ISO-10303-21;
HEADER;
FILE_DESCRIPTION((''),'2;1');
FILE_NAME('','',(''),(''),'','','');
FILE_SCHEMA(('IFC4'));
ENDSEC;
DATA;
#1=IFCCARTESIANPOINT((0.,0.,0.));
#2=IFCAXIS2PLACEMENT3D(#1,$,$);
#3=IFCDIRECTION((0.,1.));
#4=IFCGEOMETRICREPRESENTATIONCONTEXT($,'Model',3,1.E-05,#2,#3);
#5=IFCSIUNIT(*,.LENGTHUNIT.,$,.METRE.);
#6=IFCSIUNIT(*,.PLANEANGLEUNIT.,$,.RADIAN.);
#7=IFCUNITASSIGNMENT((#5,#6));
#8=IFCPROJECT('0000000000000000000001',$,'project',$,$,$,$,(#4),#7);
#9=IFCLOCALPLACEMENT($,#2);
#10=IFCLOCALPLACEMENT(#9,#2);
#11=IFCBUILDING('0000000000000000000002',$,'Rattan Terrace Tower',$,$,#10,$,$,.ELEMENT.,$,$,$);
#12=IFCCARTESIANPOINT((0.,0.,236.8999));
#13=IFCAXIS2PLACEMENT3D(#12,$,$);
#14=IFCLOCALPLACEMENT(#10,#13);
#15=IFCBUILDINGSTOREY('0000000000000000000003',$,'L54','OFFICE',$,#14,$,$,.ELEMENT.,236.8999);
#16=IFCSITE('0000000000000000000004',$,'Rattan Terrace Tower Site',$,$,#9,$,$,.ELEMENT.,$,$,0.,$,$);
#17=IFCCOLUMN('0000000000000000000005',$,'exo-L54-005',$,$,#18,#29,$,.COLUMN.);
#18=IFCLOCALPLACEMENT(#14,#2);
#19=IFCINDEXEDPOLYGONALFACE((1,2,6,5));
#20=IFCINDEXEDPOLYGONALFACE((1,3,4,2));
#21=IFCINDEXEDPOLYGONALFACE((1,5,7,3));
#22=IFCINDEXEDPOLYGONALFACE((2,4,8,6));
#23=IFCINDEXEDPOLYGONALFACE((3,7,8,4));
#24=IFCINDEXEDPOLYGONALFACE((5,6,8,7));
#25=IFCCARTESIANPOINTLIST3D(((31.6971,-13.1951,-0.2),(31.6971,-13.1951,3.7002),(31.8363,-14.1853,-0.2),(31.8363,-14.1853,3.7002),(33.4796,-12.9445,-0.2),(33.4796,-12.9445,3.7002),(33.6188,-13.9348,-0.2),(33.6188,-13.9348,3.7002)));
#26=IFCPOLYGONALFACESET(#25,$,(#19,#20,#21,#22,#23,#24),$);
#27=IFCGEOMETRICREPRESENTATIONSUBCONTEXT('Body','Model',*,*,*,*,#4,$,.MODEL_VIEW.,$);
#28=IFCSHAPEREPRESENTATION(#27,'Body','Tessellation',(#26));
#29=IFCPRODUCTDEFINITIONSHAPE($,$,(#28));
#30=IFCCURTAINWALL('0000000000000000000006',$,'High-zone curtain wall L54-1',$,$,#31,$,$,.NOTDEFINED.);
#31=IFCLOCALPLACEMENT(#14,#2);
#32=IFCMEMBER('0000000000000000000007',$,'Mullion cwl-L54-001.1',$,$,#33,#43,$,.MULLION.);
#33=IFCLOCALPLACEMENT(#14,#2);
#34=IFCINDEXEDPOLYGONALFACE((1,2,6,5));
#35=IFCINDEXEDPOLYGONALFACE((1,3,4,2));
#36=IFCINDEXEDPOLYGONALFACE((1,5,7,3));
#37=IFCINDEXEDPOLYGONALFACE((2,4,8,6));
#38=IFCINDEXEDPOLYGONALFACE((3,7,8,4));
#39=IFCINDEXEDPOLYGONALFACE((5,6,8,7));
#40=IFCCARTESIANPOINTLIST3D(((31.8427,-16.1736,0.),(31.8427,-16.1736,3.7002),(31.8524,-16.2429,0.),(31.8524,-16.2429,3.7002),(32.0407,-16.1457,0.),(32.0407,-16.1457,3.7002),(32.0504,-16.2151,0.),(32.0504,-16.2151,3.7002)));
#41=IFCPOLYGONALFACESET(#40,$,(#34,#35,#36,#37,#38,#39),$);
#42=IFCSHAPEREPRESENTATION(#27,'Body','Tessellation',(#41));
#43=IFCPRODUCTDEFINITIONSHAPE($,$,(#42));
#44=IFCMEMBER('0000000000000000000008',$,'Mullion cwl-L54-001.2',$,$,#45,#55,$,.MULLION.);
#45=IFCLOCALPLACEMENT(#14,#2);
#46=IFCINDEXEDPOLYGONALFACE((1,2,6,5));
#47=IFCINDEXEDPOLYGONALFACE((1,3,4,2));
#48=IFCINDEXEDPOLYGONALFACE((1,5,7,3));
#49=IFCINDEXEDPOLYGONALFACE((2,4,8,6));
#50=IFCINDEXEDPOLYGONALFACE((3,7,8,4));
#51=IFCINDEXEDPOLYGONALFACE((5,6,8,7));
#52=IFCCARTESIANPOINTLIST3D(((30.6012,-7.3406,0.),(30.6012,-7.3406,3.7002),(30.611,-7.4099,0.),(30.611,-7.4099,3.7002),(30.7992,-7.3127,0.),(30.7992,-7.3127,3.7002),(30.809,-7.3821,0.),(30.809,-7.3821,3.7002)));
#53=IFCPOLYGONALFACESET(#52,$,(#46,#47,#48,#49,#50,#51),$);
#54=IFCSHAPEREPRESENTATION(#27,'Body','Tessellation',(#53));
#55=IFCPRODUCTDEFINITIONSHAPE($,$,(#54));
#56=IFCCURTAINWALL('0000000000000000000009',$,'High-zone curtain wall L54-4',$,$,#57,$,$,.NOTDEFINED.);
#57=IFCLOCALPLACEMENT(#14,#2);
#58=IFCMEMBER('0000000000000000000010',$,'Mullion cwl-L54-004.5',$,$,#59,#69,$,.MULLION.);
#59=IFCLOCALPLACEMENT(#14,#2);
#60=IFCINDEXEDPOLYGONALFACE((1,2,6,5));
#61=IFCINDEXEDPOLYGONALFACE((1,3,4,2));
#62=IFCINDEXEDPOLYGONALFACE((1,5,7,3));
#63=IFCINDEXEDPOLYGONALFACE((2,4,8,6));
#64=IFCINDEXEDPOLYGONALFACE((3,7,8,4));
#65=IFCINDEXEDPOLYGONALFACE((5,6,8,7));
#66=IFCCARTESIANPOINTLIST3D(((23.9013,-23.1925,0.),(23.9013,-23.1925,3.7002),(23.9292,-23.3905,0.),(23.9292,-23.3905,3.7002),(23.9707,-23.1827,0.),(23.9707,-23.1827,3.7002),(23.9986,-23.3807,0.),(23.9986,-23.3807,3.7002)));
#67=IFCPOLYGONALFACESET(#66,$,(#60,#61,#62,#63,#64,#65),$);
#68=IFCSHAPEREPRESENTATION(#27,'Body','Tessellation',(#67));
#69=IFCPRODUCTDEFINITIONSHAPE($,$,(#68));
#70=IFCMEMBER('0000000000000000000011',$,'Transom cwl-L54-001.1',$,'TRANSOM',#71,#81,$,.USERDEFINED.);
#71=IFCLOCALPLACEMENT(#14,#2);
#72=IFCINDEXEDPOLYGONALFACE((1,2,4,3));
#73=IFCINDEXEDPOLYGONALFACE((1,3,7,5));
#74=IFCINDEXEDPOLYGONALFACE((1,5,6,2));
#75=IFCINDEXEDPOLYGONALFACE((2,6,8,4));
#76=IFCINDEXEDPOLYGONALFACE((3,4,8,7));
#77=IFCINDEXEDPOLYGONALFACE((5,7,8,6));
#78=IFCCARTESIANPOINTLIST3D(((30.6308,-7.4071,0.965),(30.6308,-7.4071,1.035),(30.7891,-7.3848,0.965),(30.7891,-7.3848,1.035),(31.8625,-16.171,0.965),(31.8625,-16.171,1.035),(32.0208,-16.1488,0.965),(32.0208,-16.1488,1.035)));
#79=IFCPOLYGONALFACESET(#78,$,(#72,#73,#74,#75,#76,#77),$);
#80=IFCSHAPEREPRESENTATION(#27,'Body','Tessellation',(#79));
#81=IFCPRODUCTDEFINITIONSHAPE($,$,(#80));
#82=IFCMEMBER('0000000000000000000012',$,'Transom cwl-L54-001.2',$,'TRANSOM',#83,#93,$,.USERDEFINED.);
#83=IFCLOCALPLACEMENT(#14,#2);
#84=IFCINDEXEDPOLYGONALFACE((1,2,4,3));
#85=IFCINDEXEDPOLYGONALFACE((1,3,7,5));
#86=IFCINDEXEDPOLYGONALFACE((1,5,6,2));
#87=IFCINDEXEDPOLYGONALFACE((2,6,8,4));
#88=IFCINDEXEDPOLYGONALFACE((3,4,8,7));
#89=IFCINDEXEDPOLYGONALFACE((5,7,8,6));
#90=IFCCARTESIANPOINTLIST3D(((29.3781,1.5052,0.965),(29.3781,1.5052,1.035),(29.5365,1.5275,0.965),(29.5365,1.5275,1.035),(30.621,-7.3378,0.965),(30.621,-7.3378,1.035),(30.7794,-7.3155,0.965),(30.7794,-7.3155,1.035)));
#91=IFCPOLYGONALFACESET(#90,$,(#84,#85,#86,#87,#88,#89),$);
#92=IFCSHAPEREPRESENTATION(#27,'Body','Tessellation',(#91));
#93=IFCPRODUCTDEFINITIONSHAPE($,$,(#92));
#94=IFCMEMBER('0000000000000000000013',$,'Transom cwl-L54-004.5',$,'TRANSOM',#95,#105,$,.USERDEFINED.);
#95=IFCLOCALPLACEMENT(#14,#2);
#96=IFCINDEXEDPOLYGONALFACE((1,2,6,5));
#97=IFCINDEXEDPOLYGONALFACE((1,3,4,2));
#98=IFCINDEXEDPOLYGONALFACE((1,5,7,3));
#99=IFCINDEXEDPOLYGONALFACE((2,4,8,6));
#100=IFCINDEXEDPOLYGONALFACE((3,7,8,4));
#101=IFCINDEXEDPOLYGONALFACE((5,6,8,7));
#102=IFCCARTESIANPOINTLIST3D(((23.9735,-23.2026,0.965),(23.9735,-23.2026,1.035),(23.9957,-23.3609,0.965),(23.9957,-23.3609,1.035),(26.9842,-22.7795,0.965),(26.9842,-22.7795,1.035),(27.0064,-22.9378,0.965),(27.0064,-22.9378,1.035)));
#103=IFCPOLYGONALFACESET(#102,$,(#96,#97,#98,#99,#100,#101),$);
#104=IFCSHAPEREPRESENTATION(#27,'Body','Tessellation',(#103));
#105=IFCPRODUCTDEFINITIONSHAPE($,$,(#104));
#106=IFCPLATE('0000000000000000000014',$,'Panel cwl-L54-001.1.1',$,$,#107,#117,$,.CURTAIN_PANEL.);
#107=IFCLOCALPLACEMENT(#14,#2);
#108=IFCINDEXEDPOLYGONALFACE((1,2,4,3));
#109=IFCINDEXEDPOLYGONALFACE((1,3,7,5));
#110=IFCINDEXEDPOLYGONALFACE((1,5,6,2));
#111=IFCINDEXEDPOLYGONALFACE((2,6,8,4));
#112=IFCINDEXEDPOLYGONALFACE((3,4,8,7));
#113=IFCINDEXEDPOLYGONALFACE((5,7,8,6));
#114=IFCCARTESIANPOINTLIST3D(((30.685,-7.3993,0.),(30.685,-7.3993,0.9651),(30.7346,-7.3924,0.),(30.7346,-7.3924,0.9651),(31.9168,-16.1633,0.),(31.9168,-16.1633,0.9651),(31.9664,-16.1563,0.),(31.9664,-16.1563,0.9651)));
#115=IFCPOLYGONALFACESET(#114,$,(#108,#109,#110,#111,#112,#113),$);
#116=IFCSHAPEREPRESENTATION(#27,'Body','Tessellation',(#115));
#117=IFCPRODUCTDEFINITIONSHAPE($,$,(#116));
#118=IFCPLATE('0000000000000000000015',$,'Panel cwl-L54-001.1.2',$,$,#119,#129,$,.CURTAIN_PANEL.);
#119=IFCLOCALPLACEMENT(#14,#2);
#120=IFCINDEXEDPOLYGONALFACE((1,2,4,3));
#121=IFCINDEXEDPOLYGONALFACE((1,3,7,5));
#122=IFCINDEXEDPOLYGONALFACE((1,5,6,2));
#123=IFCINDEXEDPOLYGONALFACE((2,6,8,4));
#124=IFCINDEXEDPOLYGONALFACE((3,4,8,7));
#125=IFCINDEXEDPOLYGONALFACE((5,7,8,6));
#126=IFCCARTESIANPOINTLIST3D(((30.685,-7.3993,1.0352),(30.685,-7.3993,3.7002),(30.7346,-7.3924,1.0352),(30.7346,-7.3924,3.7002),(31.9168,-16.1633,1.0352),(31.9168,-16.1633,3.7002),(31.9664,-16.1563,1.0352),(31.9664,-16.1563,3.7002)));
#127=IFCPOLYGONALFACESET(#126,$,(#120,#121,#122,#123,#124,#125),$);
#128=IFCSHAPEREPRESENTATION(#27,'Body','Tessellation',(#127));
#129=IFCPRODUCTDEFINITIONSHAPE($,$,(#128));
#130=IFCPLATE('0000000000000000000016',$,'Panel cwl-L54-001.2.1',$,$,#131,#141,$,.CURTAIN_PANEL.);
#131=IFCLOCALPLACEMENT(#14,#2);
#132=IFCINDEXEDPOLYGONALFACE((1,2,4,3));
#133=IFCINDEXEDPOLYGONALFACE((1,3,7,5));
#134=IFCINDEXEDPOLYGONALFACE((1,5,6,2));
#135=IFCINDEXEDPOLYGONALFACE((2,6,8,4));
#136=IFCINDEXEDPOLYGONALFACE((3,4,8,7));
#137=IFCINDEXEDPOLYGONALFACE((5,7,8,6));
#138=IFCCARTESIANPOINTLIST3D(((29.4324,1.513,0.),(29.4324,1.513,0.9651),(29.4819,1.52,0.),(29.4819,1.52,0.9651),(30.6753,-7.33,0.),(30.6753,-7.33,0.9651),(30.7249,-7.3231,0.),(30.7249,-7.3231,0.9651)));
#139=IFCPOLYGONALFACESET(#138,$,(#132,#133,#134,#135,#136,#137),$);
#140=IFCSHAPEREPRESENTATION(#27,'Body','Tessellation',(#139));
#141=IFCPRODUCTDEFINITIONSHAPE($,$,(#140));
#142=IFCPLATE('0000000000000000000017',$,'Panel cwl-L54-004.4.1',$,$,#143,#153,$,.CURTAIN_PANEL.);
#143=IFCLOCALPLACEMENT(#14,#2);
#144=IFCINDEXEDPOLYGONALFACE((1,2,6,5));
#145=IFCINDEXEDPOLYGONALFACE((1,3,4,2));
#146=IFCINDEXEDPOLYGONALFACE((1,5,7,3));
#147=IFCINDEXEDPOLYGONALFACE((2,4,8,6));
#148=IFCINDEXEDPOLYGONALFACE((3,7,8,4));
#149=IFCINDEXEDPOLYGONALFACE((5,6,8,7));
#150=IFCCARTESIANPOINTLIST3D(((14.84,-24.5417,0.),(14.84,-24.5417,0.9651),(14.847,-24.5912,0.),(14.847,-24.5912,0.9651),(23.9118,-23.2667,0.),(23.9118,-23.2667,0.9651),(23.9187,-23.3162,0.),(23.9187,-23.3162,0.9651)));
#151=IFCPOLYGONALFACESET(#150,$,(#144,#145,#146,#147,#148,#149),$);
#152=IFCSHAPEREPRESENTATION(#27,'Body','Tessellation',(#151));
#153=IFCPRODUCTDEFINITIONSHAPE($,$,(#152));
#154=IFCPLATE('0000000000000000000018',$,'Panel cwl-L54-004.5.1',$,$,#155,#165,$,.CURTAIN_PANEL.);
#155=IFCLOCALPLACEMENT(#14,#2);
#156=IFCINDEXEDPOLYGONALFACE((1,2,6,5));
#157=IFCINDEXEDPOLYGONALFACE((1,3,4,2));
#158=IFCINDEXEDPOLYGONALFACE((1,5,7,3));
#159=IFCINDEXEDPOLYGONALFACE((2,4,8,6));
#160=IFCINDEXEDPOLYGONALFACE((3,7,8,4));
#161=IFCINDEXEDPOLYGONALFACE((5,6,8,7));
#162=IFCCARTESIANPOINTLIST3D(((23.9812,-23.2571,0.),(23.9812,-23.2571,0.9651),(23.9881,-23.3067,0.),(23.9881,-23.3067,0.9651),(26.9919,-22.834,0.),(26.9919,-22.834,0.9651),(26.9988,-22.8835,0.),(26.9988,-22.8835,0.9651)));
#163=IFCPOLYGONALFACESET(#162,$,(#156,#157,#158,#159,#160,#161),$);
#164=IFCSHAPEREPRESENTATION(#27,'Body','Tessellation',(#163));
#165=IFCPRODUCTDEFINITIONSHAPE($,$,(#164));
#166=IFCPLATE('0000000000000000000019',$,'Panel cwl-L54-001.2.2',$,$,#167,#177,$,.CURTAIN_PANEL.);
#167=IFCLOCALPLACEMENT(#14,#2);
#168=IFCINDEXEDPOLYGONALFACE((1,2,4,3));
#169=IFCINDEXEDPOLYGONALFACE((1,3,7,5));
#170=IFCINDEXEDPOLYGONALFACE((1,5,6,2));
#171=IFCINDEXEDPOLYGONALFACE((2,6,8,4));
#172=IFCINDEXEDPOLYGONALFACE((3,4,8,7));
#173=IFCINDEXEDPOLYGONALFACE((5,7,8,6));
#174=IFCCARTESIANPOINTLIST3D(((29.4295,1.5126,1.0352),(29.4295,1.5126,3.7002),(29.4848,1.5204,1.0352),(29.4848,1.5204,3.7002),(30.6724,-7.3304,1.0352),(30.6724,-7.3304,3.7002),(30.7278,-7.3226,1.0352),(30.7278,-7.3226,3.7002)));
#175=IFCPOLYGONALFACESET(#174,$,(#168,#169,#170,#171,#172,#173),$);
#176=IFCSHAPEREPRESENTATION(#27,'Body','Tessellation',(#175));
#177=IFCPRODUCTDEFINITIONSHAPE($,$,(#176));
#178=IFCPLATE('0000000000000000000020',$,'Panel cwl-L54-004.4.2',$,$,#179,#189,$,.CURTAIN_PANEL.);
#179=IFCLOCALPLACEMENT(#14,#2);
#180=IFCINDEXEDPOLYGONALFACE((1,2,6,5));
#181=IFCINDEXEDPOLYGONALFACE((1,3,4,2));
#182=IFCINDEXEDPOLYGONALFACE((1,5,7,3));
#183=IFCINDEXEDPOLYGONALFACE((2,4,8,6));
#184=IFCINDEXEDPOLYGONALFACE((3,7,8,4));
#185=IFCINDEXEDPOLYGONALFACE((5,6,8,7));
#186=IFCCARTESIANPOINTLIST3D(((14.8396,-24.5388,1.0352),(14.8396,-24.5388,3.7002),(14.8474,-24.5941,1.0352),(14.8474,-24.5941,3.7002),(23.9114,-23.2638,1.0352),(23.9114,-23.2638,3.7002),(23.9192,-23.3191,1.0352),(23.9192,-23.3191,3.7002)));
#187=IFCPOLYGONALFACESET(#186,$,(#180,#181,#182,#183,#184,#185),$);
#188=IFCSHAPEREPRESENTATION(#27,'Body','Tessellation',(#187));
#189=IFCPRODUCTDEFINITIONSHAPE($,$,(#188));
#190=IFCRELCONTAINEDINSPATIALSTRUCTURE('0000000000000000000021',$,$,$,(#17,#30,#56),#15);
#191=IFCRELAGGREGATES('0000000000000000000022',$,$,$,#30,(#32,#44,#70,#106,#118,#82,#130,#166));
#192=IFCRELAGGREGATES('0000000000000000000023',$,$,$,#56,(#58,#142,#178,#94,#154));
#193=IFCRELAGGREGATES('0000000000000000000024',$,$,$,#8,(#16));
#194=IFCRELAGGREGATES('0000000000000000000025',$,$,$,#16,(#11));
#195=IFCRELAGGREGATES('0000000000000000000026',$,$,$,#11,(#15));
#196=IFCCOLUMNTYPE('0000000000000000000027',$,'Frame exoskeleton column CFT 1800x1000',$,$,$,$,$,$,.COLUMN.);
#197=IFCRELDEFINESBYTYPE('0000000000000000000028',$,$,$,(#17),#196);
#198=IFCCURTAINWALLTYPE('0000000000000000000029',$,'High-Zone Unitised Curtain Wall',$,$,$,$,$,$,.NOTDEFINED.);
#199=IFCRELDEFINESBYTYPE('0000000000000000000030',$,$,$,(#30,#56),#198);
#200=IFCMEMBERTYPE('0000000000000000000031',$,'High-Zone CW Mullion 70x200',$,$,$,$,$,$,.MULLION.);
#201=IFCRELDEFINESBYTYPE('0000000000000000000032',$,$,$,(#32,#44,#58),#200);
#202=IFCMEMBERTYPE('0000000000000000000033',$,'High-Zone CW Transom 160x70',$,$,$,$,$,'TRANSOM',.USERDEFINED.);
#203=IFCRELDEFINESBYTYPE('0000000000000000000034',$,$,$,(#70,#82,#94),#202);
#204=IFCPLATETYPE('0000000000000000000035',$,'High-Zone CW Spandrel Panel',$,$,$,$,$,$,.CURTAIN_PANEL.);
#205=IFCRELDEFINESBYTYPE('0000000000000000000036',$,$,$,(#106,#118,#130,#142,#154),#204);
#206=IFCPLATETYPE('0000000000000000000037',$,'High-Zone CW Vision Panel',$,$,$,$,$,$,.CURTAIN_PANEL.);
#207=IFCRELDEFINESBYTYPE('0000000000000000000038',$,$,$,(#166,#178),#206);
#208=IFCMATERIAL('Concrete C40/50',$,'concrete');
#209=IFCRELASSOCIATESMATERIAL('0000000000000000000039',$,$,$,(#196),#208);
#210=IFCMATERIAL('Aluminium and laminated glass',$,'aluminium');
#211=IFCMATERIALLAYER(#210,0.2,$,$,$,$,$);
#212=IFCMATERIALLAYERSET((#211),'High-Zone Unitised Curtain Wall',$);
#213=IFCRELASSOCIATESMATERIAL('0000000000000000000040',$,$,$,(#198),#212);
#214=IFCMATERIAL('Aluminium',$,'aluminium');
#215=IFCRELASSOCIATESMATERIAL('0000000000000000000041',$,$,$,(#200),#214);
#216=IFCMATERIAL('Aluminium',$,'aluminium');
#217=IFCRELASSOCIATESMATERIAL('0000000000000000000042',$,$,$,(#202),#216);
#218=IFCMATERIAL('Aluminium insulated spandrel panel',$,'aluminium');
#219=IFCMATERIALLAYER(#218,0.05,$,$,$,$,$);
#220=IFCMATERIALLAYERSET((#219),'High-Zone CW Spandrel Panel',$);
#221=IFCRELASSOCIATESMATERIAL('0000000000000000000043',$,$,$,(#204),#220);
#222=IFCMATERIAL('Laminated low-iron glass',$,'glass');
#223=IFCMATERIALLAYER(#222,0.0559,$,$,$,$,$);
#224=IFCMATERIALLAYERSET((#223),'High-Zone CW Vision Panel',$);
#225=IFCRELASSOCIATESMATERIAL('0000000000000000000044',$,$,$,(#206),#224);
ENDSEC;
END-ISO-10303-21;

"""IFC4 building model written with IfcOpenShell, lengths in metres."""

from ifc_helpers import new_model, si_unit, direction, frame, origin, origin_2d, place, context, subcontext, project, spatial, rectangle, extrude, material, layer, layer_set, material_profile, profile_set, type_object, element, aggregate, save


model = new_model("IFC4")

# Units and contexts
model_context = context("Model", 3, precision=1e-05, world=origin(), true_north=direction((0.0, 1.0)))
body_context = subcontext(model_context, "Body", "Model", "MODEL_VIEW")
ifc_project = project(units=[si_unit("LENGTHUNIT", "METRE"), si_unit("PLANEANGLEUNIT", "RADIAN")], contexts=[model_context])

# Site, building, storey
site_placement = place(None, origin())
site = spatial("IfcSite", under=ifc_project, at=site_placement, Name="Rattan Terrace Tower Site", CompositionType="ELEMENT", RefElevation=0.0)
building_placement = place(site_placement, origin())
building = spatial("IfcBuilding", under=site, at=building_placement, Name="Rattan Terrace Tower", CompositionType="ELEMENT")
storey_placement = place(building_placement, frame((0.0, 0.0, 236.8999)))
storey = spatial("IfcBuildingStorey", under=building, at=storey_placement, Name="L54", Description="OFFICE", CompositionType="ELEMENT", Elevation=236.8999)

# Column
ifc_material_1 = material(Name="Concrete C40/50", Category="concrete")
ifc_material_profile_1 = material_profile(ifc_material_1, rectangle(XDim=1.0, YDim=1.8, at=origin_2d()), Name="CFT 1800x1000")
ifc_profile_set_1 = profile_set([ifc_material_profile_1], Name="Concrete C40/50")
column_type = type_object("IfcColumnType", Name="Frame exoskeleton column CFT 1800x1000", PredefinedType="COLUMN", material=ifc_profile_set_1)
column_placement = place(storey_placement, frame((32.658, -13.5649, -0.2), z_axis=(0.0, 0.0, 1.0), x_axis=(-0.13919, 0.990266, 0.0)))
element("IfcColumn", 1, at=column_placement, inside=storey, type_object=column_type, Name="exo-L54-005", PredefinedType="COLUMN", context=body_context, shape_type="SweptSolid", body=[
    extrude(rectangle(XDim=1.0, YDim=1.8, at=origin_2d()), origin(), (0.0, 0.0, 1.0), 3.9001),
])

# Curtain wall, members
ifc_material_2 = material(Name="Aluminium and laminated glass", Category="aluminium")
ifc_layer_1 = layer(ifc_material_2, 0.2)
ifc_layer_set_1 = layer_set([ifc_layer_1], Name="High-Zone Unitised Curtain Wall")
curtain_wall_type = type_object("IfcCurtainWallType", Name="High-Zone Unitised Curtain Wall", PredefinedType="NOTDEFINED", material=ifc_layer_set_1)
curtain_wall_1_placement = place(storey_placement, origin())
curtain_wall_1 = element("IfcCurtainWall", 2, at=curtain_wall_1_placement, inside=storey, type_object=curtain_wall_type, Name="High-zone curtain wall L54-1", PredefinedType="NOTDEFINED")
ifc_material_3 = material(Name="Aluminium", Category="aluminium")
ifc_material_profile_2 = material_profile(ifc_material_3, rectangle(XDim=0.0701, YDim=0.2, at=origin_2d()), Name="Aluminium 70x200")
ifc_profile_set_2 = profile_set([ifc_material_profile_2], Name="Aluminium")
member_type_1 = type_object("IfcMemberType", Name="High-Zone CW Mullion 70x200", PredefinedType="MULLION", material=ifc_profile_set_2)
member_1_placement = place(storey_placement, frame((31.9465, -16.1943, 0.0), z_axis=(0.0, 0.0, 1.0), x_axis=(-0.139186, 0.990266, 0.0)))
member_1 = element("IfcMember", 3, at=member_1_placement, type_object=member_type_1, Name="Mullion cwl-L54-001.1", PredefinedType="MULLION", context=body_context, shape_type="SweptSolid", body=[
    extrude(rectangle(XDim=0.0701, YDim=0.2, at=origin_2d()), origin(), (0.0, 0.0, 1.0), 3.7002),
])
member_2_placement = place(storey_placement, frame((30.7051, -7.3613, 0.0), z_axis=(0.0, 0.0, 1.0), x_axis=(-0.139186, 0.990266, 0.0)))
member_2 = element("IfcMember", 4, at=member_2_placement, type_object=member_type_1, Name="Mullion cwl-L54-001.2", PredefinedType="MULLION", context=body_context, shape_type="SweptSolid", body=[
    extrude(rectangle(XDim=0.0701, YDim=0.2, at=origin_2d()), origin(), (0.0, 0.0, 1.0), 3.7002),
])

# Curtain wall, member
curtain_wall_2_placement = place(storey_placement, origin())
curtain_wall_2 = element("IfcCurtainWall", 5, at=curtain_wall_2_placement, inside=storey, type_object=curtain_wall_type, Name="High-zone curtain wall L54-4", PredefinedType="NOTDEFINED")
member_3_placement = place(storey_placement, frame((23.95, -23.2866, 0.0), z_axis=(0.0, 0.0, 1.0), x_axis=(0.990267, 0.139177, 0.0)))
member_3 = element("IfcMember", 6, at=member_3_placement, type_object=member_type_1, Name="Mullion cwl-L54-004.5", PredefinedType="MULLION", context=body_context, shape_type="SweptSolid", body=[
    extrude(rectangle(XDim=0.0701, YDim=0.2, at=origin_2d()), origin(), (0.0, 0.0, 1.0), 3.7002),
])

# Members
ifc_material_4 = material(Name="Aluminium", Category="aluminium")
ifc_material_profile_3 = material_profile(ifc_material_4, rectangle(XDim=0.1599, YDim=0.0701, at=origin_2d()), Name="Aluminium 160x70")
ifc_profile_set_3 = profile_set([ifc_material_profile_3], Name="Aluminium")
member_type_2 = type_object("IfcMemberType", Name="High-Zone CW Transom 160x70", ElementType="TRANSOM", PredefinedType="USERDEFINED", material=ifc_profile_set_3)
member_4_placement = place(storey_placement, frame((31.9417, -16.1599, 1.0), z_axis=(-0.139173, 0.990268, 0.0), x_axis=(-0.990268, -0.139173, 0.0)))
member_4 = element("IfcMember", 7, at=member_4_placement, type_object=member_type_2, Name="Transom cwl-L54-001.1", ObjectType="TRANSOM", PredefinedType="USERDEFINED", context=body_context, shape_type="SweptSolid", body=[
    extrude(rectangle(XDim=0.1599, YDim=0.0701, at=origin_2d()), origin(), (0.0, 0.0, 1.0), 8.8501),
])
member_5_placement = place(storey_placement, frame((30.7002, -7.3267, 1.0), z_axis=(-0.139186, 0.990266, 0.0), x_axis=(-0.990266, -0.139186, 0.0)))
member_5 = element("IfcMember", 8, at=member_5_placement, type_object=member_type_2, Name="Transom cwl-L54-001.2", ObjectType="TRANSOM", PredefinedType="USERDEFINED", context=body_context, shape_type="SweptSolid", body=[
    extrude(rectangle(XDim=0.1599, YDim=0.0701, at=origin_2d()), origin(), (0.0, 0.0, 1.0), 8.9299),
])
member_6_placement = place(storey_placement, frame((23.9846, -23.2817, 1.0), z_axis=(0.99027, 0.139161, 0.0), x_axis=(-0.139161, 0.99027, 0.0)))
member_6 = element("IfcMember", 9, at=member_6_placement, type_object=member_type_2, Name="Transom cwl-L54-004.5", ObjectType="TRANSOM", PredefinedType="USERDEFINED", context=body_context, shape_type="SweptSolid", body=[
    extrude(rectangle(XDim=0.1599, YDim=0.0701, at=origin_2d()), origin(), (0.0, 0.0, 1.0), 3.0403),
])

# Plates
ifc_material_5 = material(Name="Aluminium insulated spandrel panel", Category="aluminium")
ifc_layer_2 = layer(ifc_material_5, 0.05)
ifc_layer_set_2 = layer_set([ifc_layer_2], Name="High-Zone CW Spandrel Panel")
plate_type_1 = type_object("IfcPlateType", Name="High-Zone CW Spandrel Panel", PredefinedType="CURTAIN_PANEL", material=ifc_layer_set_2)
plate_1_placement = place(storey_placement, frame((31.3257, -11.7778, 0.0), z_axis=(0.0, 0.0, 1.0), x_axis=(-0.139186, 0.990266, 0.0)))
plate_1 = element("IfcPlate", 10, at=plate_1_placement, type_object=plate_type_1, Name="Panel cwl-L54-001.1.1", PredefinedType="CURTAIN_PANEL", context=body_context, shape_type="SweptSolid", body=[
    extrude(rectangle(XDim=8.8501, YDim=0.05, at=origin_2d()), origin(), (0.0, 0.0, 1.0), 0.9651),
])
plate_2_placement = place(storey_placement, frame((31.3257, -11.7778, 1.0352), z_axis=(0.0, 0.0, 1.0), x_axis=(-0.139186, 0.990266, 0.0)))
plate_2 = element("IfcPlate", 11, at=plate_2_placement, type_object=plate_type_1, Name="Panel cwl-L54-001.1.2", PredefinedType="CURTAIN_PANEL", context=body_context, shape_type="SweptSolid", body=[
    extrude(rectangle(XDim=8.8501, YDim=0.05, at=origin_2d()), origin(), (0.0, 0.0, 1.0), 2.665),
])
plate_3_placement = place(storey_placement, frame((30.0786, -2.905, 0.0), z_axis=(0.0, 0.0, 1.0), x_axis=(-0.139186, 0.990266, 0.0)))
plate_3 = element("IfcPlate", 12, at=plate_3_placement, type_object=plate_type_1, Name="Panel cwl-L54-001.2.1", PredefinedType="CURTAIN_PANEL", context=body_context, shape_type="SweptSolid", body=[
    extrude(rectangle(XDim=8.9299, YDim=0.05, at=origin_2d()), origin(), (0.0, 0.0, 1.0), 0.9651),
])
plate_4_placement = place(storey_placement, frame((19.3794, -23.929, 0.0), z_axis=(0.0, 0.0, 1.0), x_axis=(0.990267, 0.139177, 0.0)))
plate_4 = element("IfcPlate", 13, at=plate_4_placement, type_object=plate_type_1, Name="Panel cwl-L54-004.4.1", PredefinedType="CURTAIN_PANEL", context=body_context, shape_type="SweptSolid", body=[
    extrude(rectangle(XDim=9.1609, YDim=0.05, at=origin_2d()), origin(), (0.0, 0.0, 1.0), 0.9651),
])
plate_5_placement = place(storey_placement, frame((25.49, -23.0703, 0.0), z_axis=(0.0, 0.0, 1.0), x_axis=(0.990267, 0.139177, 0.0)))
plate_5 = element("IfcPlate", 14, at=plate_5_placement, type_object=plate_type_1, Name="Panel cwl-L54-004.5.1", PredefinedType="CURTAIN_PANEL", context=body_context, shape_type="SweptSolid", body=[
    extrude(rectangle(XDim=3.0403, YDim=0.05, at=origin_2d()), origin(), (0.0, 0.0, 1.0), 0.9651),
])
ifc_material_6 = material(Name="Laminated low-iron glass", Category="glass")
ifc_layer_3 = layer(ifc_material_6, 0.0559)
ifc_layer_set_3 = layer_set([ifc_layer_3], Name="High-Zone CW Vision Panel")
plate_type_2 = type_object("IfcPlateType", Name="High-Zone CW Vision Panel", PredefinedType="CURTAIN_PANEL", material=ifc_layer_set_3)
plate_6_placement = place(storey_placement, frame((30.0786, -2.905, 1.0352), z_axis=(0.0, 0.0, 1.0), x_axis=(-0.139186, 0.990266, 0.0)))
plate_6 = element("IfcPlate", 15, at=plate_6_placement, type_object=plate_type_2, Name="Panel cwl-L54-001.2.2", PredefinedType="CURTAIN_PANEL", context=body_context, shape_type="SweptSolid", body=[
    extrude(rectangle(XDim=8.9299, YDim=0.0559, at=origin_2d()), origin(), (0.0, 0.0, 1.0), 2.665),
])
aggregate(curtain_wall_1, [member_1, member_2, member_4, plate_1, plate_2, member_5, plate_3, plate_6])
plate_7_placement = place(storey_placement, frame((19.3794, -23.929, 1.0352), z_axis=(0.0, 0.0, 1.0), x_axis=(0.990267, 0.139177, 0.0)))
plate_7 = element("IfcPlate", 16, at=plate_7_placement, type_object=plate_type_2, Name="Panel cwl-L54-004.4.2", PredefinedType="CURTAIN_PANEL", context=body_context, shape_type="SweptSolid", body=[
    extrude(rectangle(XDim=9.1609, YDim=0.0559, at=origin_2d()), origin(), (0.0, 0.0, 1.0), 2.665),
])
aggregate(curtain_wall_2, [member_3, plate_4, plate_7, member_6, plate_5])

save(model, "model.ifc")
